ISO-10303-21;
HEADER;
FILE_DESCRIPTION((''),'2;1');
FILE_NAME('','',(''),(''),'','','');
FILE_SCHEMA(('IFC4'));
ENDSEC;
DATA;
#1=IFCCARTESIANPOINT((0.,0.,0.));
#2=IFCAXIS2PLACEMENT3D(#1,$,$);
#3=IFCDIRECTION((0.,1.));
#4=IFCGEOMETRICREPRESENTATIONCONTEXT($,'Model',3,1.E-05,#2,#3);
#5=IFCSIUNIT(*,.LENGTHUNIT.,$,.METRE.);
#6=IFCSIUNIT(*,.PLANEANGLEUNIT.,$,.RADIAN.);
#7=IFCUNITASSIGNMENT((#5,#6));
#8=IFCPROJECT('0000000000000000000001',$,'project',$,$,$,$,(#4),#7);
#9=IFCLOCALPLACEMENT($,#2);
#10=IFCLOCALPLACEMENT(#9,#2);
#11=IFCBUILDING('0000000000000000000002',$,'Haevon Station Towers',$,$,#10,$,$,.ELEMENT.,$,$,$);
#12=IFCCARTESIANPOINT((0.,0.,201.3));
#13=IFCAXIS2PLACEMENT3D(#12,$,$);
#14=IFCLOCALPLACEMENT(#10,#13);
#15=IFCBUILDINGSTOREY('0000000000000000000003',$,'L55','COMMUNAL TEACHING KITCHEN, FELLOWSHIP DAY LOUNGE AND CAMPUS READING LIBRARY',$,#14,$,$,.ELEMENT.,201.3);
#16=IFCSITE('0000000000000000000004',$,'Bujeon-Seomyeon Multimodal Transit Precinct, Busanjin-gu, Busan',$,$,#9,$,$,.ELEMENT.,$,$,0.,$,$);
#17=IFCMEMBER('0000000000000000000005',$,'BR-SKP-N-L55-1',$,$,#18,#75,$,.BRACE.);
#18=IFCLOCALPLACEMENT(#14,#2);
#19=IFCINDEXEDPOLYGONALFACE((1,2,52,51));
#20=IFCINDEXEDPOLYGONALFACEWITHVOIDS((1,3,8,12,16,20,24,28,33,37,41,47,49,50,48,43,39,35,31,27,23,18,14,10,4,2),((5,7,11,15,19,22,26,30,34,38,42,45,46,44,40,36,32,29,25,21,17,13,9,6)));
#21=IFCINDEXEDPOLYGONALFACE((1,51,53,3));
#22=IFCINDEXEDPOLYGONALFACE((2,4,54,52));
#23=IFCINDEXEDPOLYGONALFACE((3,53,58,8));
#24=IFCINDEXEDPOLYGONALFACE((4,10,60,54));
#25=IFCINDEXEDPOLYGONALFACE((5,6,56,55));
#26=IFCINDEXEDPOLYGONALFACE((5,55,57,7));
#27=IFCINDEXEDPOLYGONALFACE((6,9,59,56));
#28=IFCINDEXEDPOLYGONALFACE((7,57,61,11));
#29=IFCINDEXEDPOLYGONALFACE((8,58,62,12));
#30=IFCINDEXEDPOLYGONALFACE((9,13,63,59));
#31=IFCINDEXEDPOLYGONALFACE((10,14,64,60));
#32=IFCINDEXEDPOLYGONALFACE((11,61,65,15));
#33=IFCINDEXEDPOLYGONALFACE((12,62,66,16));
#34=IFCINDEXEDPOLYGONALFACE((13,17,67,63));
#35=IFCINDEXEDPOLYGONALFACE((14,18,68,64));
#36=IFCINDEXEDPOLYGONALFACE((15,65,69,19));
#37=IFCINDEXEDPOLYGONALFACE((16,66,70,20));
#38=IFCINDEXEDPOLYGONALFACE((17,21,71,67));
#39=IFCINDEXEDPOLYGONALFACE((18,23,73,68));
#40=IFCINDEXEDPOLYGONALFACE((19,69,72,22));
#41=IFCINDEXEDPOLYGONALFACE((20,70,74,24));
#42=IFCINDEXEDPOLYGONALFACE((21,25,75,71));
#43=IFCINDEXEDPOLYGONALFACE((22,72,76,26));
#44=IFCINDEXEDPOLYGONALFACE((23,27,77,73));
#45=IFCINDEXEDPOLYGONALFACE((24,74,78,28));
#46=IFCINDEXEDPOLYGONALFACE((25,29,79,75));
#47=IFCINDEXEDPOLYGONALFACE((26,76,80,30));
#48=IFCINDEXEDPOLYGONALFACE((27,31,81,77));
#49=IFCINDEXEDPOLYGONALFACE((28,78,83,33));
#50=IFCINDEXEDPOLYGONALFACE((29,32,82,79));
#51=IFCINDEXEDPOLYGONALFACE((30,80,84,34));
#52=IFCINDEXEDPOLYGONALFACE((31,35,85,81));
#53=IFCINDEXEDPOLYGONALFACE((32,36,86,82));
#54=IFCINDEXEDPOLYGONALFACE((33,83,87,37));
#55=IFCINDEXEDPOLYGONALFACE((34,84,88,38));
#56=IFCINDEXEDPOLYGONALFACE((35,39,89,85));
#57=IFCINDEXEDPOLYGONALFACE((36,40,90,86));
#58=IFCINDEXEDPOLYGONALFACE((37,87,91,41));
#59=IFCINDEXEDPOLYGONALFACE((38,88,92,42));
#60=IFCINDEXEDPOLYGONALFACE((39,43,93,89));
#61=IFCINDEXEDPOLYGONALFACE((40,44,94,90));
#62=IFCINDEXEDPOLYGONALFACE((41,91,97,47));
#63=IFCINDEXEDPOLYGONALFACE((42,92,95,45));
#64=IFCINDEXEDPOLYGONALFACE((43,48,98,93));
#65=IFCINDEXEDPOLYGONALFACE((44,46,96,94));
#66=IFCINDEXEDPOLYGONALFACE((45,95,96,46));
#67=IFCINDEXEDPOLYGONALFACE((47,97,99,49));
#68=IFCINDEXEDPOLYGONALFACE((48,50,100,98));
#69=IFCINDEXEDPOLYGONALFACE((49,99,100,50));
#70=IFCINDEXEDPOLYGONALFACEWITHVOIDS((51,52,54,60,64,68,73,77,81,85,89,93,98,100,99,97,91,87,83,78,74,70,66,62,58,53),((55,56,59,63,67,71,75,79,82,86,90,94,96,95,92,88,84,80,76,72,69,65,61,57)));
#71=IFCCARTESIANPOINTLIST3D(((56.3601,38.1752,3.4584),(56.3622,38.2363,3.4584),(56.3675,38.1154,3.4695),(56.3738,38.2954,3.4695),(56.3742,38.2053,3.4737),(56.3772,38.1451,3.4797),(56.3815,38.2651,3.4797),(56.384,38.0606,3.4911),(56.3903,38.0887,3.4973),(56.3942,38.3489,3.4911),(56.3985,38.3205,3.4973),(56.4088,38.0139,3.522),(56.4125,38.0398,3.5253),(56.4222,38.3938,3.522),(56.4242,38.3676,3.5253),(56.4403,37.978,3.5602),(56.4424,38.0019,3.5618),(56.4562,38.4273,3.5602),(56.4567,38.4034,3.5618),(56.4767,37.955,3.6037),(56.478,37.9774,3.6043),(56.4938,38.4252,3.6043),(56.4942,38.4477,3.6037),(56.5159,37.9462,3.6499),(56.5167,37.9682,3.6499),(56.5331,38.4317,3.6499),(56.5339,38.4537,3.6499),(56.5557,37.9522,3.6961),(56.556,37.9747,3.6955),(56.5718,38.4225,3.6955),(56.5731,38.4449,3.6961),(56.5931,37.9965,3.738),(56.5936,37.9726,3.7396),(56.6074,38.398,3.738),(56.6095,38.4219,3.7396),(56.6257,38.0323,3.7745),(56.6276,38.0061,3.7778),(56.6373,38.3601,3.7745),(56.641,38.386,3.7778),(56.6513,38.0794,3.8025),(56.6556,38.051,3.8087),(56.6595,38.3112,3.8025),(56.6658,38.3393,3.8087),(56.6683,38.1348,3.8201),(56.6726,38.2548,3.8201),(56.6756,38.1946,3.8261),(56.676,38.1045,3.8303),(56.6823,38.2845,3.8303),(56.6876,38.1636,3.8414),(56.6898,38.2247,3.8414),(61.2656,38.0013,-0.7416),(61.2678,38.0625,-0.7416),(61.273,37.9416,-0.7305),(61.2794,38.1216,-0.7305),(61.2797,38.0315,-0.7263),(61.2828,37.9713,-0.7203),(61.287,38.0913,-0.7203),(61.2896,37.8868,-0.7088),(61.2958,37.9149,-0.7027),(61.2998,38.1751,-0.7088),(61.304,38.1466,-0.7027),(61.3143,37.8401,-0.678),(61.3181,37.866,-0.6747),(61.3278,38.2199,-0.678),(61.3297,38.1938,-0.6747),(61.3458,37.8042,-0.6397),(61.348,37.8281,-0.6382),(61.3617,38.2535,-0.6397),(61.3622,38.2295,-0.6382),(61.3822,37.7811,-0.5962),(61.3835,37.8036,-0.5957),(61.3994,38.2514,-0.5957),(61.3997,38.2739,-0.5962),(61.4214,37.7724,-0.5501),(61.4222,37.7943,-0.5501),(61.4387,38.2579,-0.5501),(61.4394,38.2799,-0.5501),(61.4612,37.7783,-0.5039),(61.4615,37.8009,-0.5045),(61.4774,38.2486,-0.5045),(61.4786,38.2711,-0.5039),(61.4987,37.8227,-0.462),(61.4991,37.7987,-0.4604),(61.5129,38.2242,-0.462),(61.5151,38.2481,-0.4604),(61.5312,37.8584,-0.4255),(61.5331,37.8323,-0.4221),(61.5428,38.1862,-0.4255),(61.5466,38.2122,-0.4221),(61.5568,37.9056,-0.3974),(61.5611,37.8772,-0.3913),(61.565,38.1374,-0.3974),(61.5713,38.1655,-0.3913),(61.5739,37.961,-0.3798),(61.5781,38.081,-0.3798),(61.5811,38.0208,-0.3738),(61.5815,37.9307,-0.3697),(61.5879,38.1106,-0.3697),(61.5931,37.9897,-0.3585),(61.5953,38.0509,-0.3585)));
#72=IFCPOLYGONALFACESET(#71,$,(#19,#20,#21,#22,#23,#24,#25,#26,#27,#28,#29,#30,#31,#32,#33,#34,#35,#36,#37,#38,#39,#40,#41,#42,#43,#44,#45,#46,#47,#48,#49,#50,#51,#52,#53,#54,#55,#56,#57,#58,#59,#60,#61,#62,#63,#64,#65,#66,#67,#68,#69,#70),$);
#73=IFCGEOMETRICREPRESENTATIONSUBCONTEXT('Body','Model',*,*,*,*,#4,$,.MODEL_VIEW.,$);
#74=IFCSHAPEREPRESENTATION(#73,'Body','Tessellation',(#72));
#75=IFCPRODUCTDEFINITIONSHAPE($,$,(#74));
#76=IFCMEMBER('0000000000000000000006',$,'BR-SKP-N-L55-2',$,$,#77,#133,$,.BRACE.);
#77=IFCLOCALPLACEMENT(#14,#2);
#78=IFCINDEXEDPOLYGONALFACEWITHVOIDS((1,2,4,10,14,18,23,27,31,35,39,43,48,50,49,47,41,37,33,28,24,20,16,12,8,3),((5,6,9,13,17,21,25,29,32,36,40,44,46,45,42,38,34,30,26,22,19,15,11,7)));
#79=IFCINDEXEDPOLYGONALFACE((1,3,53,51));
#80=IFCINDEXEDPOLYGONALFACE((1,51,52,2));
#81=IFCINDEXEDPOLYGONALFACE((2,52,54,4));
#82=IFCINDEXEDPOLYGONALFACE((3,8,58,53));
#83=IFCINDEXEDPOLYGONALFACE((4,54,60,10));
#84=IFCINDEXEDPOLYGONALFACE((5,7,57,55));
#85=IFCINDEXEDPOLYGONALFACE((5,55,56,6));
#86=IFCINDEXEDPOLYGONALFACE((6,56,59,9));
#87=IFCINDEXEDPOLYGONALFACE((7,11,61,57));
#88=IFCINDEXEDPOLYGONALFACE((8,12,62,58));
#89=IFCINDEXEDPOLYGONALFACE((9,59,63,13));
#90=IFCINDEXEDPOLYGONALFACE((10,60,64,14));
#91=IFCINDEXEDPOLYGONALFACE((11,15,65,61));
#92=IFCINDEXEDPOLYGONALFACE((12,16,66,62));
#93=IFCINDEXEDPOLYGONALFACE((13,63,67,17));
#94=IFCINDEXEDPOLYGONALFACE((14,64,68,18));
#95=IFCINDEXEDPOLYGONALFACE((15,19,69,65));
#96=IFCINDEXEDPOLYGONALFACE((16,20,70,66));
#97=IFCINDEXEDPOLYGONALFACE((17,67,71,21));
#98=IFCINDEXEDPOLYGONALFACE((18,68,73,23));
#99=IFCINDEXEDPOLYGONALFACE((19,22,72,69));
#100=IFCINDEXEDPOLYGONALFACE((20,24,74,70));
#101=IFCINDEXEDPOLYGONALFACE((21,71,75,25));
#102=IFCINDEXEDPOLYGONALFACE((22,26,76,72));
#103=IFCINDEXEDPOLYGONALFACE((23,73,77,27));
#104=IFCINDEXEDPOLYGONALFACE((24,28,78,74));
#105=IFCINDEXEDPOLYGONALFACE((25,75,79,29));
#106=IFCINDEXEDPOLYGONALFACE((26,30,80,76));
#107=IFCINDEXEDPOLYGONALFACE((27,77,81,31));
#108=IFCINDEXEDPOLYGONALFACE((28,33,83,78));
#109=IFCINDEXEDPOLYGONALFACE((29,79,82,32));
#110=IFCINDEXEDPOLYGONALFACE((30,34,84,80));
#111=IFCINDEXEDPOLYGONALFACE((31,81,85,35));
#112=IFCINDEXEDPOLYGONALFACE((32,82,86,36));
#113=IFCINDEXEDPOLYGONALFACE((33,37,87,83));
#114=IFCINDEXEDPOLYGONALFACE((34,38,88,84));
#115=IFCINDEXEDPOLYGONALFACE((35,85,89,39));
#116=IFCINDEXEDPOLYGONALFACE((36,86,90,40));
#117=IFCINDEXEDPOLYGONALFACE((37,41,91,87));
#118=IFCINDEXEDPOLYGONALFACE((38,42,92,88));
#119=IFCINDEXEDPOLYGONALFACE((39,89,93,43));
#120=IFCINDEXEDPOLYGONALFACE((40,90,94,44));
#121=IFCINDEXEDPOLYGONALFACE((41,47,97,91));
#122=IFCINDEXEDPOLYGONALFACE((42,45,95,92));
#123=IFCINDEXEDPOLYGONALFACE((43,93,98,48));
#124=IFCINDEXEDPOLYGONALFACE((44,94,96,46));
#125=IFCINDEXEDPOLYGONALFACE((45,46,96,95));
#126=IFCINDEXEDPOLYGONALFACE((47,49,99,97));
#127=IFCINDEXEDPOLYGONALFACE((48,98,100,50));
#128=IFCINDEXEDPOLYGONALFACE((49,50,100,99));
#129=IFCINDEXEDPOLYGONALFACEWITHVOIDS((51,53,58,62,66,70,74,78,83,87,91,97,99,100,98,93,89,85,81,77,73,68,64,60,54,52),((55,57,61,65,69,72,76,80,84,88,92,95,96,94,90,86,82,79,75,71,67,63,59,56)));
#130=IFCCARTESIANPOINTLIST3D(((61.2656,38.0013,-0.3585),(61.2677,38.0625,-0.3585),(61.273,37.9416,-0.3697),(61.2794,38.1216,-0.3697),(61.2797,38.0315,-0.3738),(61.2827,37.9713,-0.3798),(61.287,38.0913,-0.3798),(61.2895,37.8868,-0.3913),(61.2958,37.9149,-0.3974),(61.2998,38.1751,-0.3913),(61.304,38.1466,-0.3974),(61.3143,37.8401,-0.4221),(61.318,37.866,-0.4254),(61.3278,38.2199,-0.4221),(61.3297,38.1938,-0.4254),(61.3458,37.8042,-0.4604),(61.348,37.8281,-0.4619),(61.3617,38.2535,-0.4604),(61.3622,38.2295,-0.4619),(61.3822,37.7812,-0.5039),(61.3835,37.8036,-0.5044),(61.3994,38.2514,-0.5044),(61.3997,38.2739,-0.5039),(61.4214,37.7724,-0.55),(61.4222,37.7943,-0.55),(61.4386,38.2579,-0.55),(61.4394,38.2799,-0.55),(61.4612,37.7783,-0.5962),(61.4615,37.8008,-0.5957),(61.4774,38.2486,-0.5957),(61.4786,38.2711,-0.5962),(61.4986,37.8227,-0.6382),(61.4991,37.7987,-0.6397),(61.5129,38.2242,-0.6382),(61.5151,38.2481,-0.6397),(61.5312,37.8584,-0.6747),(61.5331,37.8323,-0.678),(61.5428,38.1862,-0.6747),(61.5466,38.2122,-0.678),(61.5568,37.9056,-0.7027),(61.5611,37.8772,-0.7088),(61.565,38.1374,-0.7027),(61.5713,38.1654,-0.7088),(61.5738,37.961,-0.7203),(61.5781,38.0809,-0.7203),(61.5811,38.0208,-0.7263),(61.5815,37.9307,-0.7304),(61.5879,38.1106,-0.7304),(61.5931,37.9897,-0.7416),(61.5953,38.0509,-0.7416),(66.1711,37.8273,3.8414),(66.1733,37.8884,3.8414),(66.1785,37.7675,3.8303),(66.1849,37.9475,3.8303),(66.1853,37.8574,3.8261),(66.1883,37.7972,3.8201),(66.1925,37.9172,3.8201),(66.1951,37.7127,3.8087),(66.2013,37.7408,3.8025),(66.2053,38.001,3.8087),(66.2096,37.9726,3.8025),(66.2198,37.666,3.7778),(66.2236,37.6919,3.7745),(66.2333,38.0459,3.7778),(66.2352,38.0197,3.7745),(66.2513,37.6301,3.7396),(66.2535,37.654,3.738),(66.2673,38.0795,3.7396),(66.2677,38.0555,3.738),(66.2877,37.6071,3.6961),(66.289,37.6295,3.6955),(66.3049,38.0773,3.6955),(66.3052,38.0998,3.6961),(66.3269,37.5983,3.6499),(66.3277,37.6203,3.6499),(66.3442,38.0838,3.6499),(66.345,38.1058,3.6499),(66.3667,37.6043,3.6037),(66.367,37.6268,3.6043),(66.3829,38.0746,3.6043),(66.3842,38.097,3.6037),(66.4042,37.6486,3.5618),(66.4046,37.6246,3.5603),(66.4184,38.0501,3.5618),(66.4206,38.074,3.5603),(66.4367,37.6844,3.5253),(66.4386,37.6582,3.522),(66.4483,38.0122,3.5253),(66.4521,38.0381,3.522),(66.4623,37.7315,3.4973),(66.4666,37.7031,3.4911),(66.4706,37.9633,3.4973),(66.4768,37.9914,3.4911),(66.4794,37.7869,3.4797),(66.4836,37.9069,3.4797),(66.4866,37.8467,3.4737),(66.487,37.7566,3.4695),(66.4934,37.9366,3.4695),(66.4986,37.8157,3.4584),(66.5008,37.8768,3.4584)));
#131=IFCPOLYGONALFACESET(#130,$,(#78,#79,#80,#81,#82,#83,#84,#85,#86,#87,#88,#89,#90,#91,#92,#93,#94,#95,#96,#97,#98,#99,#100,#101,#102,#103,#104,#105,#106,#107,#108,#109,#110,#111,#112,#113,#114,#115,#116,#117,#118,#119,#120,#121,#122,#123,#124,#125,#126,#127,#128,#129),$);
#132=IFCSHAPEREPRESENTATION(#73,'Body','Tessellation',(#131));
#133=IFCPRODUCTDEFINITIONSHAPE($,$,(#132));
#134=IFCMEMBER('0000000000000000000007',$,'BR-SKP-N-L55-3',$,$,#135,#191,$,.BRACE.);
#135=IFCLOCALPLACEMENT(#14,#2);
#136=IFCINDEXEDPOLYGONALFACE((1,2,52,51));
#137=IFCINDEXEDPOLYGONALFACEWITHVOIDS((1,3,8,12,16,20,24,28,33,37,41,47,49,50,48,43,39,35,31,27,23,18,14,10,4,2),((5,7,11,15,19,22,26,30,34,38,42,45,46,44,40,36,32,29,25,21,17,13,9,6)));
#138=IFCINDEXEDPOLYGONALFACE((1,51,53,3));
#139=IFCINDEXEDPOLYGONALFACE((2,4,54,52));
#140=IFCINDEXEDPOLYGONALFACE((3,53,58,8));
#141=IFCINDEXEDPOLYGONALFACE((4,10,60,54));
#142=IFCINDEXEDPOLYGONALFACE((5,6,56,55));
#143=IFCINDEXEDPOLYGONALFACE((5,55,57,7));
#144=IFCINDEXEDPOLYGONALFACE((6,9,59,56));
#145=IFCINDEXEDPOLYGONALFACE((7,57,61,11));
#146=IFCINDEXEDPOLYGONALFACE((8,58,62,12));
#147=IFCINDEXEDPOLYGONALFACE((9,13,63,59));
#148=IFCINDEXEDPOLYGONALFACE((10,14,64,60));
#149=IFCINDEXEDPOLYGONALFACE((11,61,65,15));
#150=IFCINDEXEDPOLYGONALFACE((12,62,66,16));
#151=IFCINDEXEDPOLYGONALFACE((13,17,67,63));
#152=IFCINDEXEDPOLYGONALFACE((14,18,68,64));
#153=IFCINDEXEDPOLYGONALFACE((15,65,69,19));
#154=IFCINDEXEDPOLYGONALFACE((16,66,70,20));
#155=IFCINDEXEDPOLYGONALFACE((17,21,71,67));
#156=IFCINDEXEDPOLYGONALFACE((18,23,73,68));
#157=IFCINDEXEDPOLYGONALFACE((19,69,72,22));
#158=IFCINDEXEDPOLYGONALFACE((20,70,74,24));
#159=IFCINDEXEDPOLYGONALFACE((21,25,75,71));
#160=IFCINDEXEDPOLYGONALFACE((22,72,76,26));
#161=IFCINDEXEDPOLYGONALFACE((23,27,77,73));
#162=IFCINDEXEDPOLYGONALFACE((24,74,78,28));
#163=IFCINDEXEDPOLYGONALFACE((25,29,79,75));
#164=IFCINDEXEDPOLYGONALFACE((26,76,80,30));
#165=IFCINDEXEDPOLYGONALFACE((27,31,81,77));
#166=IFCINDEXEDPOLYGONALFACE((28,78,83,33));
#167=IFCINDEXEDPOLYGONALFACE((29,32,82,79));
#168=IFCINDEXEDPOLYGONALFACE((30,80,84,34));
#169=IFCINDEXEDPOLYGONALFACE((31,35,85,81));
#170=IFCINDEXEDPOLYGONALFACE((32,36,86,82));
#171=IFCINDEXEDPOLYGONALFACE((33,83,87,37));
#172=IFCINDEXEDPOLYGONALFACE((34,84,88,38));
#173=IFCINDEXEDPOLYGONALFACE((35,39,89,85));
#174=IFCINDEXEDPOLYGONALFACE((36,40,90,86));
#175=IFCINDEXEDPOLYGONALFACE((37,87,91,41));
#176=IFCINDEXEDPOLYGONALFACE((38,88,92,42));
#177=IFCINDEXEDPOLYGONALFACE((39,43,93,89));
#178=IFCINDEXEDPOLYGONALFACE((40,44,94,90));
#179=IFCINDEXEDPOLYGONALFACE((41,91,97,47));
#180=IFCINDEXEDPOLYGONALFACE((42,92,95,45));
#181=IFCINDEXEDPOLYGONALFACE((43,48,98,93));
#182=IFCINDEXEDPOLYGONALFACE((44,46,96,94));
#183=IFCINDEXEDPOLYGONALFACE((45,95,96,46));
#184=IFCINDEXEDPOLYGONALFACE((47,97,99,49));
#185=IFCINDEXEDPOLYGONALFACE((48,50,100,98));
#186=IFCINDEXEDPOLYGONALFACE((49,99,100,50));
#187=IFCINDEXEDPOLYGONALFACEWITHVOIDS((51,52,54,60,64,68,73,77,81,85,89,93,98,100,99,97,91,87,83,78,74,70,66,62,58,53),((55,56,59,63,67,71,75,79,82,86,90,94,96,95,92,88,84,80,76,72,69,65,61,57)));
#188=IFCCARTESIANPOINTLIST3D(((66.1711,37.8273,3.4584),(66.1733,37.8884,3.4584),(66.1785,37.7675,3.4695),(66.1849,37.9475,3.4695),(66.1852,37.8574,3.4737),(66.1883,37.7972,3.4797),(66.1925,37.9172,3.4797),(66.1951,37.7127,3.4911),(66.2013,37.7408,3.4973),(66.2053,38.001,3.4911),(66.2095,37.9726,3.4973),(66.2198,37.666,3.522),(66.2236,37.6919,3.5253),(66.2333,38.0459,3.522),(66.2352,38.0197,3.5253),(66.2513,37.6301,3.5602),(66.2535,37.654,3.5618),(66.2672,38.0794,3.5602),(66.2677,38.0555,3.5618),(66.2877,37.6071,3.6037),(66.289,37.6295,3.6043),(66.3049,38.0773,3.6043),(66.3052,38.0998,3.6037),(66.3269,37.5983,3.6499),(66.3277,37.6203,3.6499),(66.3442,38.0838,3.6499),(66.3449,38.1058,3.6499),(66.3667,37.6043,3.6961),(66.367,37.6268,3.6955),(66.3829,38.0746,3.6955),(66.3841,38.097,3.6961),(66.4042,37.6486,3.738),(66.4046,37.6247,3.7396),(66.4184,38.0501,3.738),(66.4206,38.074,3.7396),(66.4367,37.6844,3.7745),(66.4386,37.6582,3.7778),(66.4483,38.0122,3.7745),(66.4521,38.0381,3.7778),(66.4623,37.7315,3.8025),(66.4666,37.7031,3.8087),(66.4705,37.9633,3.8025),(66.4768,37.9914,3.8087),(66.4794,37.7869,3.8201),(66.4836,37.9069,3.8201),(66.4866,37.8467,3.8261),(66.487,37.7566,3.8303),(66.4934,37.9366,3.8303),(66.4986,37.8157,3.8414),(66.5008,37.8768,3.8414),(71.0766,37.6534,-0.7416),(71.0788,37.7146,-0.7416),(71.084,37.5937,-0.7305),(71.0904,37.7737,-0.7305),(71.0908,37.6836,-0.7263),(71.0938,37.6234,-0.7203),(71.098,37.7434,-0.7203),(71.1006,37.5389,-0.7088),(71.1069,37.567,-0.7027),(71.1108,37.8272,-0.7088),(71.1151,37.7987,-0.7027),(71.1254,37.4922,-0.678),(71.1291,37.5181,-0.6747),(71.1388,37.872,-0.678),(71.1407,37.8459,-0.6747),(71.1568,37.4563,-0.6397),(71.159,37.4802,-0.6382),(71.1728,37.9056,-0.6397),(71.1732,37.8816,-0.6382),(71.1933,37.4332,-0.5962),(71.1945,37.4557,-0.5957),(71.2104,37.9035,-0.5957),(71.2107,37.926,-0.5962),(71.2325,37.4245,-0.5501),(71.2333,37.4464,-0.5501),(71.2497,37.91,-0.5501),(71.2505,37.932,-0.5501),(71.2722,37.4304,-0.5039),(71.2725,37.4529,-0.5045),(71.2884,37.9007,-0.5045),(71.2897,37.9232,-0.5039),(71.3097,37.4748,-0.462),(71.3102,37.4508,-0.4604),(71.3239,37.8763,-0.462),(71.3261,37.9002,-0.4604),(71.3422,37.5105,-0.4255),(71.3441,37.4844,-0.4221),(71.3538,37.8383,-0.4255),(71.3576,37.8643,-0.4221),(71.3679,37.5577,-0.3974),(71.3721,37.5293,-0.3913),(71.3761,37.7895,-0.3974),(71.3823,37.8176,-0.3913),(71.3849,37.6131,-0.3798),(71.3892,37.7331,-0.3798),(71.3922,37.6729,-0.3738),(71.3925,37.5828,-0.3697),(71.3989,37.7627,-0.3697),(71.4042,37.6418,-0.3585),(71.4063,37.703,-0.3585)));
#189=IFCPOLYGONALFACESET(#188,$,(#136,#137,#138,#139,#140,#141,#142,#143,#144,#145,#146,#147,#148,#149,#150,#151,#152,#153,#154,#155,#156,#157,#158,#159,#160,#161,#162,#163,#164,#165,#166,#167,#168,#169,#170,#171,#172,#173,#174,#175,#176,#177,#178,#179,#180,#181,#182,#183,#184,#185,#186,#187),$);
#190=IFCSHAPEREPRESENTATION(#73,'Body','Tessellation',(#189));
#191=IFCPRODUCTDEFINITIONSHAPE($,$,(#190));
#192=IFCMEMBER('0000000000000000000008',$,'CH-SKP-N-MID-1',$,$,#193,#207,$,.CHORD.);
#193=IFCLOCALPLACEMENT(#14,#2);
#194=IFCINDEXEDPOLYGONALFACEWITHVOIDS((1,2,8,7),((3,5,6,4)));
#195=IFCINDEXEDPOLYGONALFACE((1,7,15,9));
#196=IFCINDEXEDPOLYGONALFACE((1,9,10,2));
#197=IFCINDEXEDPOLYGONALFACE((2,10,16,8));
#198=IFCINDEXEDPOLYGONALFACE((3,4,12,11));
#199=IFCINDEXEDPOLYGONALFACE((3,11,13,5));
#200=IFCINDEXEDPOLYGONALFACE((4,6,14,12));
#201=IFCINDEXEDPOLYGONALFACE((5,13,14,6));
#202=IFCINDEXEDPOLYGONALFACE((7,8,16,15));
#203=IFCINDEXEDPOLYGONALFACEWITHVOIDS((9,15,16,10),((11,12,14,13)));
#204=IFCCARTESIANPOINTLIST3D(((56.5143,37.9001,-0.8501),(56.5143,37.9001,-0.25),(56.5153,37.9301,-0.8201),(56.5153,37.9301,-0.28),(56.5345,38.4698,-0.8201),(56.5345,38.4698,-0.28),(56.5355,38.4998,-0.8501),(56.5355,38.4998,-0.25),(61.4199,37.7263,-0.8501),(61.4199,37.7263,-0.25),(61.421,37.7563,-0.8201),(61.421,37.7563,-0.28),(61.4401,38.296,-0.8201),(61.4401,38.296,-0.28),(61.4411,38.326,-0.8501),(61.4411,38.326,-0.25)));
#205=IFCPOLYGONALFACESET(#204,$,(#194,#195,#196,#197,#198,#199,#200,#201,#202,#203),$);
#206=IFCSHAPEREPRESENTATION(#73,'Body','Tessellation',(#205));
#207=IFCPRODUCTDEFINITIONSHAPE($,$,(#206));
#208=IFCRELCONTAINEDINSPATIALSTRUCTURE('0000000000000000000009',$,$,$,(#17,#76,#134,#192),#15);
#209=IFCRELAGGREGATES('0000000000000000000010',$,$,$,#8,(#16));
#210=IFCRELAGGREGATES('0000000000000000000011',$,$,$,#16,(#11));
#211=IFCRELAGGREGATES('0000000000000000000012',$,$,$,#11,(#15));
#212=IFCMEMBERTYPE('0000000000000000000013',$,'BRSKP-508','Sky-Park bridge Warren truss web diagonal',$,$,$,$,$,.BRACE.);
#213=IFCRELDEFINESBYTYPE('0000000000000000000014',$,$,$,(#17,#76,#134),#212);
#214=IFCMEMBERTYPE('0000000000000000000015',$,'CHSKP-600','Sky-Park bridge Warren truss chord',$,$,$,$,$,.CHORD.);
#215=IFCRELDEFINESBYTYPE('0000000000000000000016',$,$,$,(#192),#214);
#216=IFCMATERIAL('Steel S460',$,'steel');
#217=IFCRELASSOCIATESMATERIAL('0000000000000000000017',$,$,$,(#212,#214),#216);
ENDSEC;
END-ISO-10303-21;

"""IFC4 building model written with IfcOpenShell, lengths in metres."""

from ifc_helpers import new_model, si_unit, direction, frame, origin, origin_2d, place, context, subcontext, project, spatial, hollow_rectangle, hollow_circle, extrude, material, material_profile, profile_set, type_object, element, save


model = new_model("IFC4")

# Units and contexts
model_context = context("Model", 3, precision=1e-05, world=origin(), true_north=direction((0.0, 1.0)))
body_context = subcontext(model_context, "Body", "Model", "MODEL_VIEW")
ifc_project = project(units=[si_unit("LENGTHUNIT", "METRE"), si_unit("PLANEANGLEUNIT", "RADIAN")], contexts=[model_context])

# Site, building, storey
site_placement = place(None, origin())
site = spatial("IfcSite", under=ifc_project, at=site_placement, Name="Bujeon-Seomyeon Multimodal Transit Precinct, Busanjin-gu, Busan", CompositionType="ELEMENT", RefElevation=0.0)
building_placement = place(site_placement, origin())
building = spatial("IfcBuilding", under=site, at=building_placement, Name="Haevon Station Towers", CompositionType="ELEMENT")
storey_placement = place(building_placement, frame((0.0, 0.0, 201.3)))
storey = spatial("IfcBuildingStorey", under=building, at=storey_placement, Name="L55", Description="COMMUNAL TEACHING KITCHEN, FELLOWSHIP DAY LOUNGE AND CAMPUS READING LIBRARY", CompositionType="ELEMENT", Elevation=201.3)

# Shared definitions
ifc_material_1 = material(Name="Steel S460", Category="steel")

# Members
ifc_material_profile_1 = material_profile(ifc_material_1, hollow_circle(Radius=0.2539, WallThickness=0.022, at=origin_2d()), Name="CHS-508x22")
ifc_profile_set_1 = profile_set([ifc_material_profile_1], Name="Steel S460")
member_type_1 = type_object("IfcMemberType", Name="BRSKP-508", Description="Sky-Park bridge Warren truss web diagonal", PredefinedType="BRACE", material=ifc_profile_set_1)
for number, where, z_axis, x_axis, name in (
    (1, (56.5249, 38.2, 3.6499), (0.759347, -0.026908, -0.650129), (0.035413, 0.999373, 0.0), "BR-SKP-N-L55-1"),
    (2, (61.4304, 38.0261, -0.55), (0.759346, -0.026945, 0.650129), (0.035463, 0.999371, 0.0), "BR-SKP-N-L55-2"),
    (3, (66.3359, 37.8521, 3.6499), (0.759347, -0.026908, -0.650129), (0.035413, 0.999373, 0.0), "BR-SKP-N-L55-3"),
):
    element("IfcMember", number, at=place(storey_placement, frame(where, z_axis=z_axis, x_axis=x_axis)), inside=storey, type_object=member_type_1, Name=name, PredefinedType="BRACE", context=body_context, shape_type="SweptSolid", body=[
        extrude(hollow_circle(Radius=0.2539, WallThickness=0.022, at=origin_2d()), origin(), (0.0, 0.0, 1.0), 6.4602),
    ])
ifc_material_profile_2 = material_profile(ifc_material_1, hollow_rectangle(XDim=0.6001, YDim=0.6001, WallThickness=0.03, at=origin_2d()), Name="RHS-600x600x30")
ifc_profile_set_2 = profile_set([ifc_material_profile_2], Name="Steel S460")
member_type_2 = type_object("IfcMemberType", Name="CHSKP-600", Description="Sky-Park bridge Warren truss chord", PredefinedType="CHORD", material=ifc_profile_set_2)
for number, where, z_axis, x_axis, name in (
    (4, (56.5249, 38.2, -0.55), (0.999373, -0.035413, 0.0), (0.035413, 0.999373, 0.0), "CH-SKP-N-MID-1"),
):
    element("IfcMember", number, at=place(storey_placement, frame(where, z_axis=z_axis, x_axis=x_axis)), inside=storey, type_object=member_type_2, Name=name, PredefinedType="CHORD", context=body_context, shape_type="SweptSolid", body=[
        extrude(hollow_rectangle(XDim=0.6001, YDim=0.6001, WallThickness=0.03, at=origin_2d()), origin(), (0.0, 0.0, 1.0), 4.9087),
    ])

save(model, "model.ifc")
